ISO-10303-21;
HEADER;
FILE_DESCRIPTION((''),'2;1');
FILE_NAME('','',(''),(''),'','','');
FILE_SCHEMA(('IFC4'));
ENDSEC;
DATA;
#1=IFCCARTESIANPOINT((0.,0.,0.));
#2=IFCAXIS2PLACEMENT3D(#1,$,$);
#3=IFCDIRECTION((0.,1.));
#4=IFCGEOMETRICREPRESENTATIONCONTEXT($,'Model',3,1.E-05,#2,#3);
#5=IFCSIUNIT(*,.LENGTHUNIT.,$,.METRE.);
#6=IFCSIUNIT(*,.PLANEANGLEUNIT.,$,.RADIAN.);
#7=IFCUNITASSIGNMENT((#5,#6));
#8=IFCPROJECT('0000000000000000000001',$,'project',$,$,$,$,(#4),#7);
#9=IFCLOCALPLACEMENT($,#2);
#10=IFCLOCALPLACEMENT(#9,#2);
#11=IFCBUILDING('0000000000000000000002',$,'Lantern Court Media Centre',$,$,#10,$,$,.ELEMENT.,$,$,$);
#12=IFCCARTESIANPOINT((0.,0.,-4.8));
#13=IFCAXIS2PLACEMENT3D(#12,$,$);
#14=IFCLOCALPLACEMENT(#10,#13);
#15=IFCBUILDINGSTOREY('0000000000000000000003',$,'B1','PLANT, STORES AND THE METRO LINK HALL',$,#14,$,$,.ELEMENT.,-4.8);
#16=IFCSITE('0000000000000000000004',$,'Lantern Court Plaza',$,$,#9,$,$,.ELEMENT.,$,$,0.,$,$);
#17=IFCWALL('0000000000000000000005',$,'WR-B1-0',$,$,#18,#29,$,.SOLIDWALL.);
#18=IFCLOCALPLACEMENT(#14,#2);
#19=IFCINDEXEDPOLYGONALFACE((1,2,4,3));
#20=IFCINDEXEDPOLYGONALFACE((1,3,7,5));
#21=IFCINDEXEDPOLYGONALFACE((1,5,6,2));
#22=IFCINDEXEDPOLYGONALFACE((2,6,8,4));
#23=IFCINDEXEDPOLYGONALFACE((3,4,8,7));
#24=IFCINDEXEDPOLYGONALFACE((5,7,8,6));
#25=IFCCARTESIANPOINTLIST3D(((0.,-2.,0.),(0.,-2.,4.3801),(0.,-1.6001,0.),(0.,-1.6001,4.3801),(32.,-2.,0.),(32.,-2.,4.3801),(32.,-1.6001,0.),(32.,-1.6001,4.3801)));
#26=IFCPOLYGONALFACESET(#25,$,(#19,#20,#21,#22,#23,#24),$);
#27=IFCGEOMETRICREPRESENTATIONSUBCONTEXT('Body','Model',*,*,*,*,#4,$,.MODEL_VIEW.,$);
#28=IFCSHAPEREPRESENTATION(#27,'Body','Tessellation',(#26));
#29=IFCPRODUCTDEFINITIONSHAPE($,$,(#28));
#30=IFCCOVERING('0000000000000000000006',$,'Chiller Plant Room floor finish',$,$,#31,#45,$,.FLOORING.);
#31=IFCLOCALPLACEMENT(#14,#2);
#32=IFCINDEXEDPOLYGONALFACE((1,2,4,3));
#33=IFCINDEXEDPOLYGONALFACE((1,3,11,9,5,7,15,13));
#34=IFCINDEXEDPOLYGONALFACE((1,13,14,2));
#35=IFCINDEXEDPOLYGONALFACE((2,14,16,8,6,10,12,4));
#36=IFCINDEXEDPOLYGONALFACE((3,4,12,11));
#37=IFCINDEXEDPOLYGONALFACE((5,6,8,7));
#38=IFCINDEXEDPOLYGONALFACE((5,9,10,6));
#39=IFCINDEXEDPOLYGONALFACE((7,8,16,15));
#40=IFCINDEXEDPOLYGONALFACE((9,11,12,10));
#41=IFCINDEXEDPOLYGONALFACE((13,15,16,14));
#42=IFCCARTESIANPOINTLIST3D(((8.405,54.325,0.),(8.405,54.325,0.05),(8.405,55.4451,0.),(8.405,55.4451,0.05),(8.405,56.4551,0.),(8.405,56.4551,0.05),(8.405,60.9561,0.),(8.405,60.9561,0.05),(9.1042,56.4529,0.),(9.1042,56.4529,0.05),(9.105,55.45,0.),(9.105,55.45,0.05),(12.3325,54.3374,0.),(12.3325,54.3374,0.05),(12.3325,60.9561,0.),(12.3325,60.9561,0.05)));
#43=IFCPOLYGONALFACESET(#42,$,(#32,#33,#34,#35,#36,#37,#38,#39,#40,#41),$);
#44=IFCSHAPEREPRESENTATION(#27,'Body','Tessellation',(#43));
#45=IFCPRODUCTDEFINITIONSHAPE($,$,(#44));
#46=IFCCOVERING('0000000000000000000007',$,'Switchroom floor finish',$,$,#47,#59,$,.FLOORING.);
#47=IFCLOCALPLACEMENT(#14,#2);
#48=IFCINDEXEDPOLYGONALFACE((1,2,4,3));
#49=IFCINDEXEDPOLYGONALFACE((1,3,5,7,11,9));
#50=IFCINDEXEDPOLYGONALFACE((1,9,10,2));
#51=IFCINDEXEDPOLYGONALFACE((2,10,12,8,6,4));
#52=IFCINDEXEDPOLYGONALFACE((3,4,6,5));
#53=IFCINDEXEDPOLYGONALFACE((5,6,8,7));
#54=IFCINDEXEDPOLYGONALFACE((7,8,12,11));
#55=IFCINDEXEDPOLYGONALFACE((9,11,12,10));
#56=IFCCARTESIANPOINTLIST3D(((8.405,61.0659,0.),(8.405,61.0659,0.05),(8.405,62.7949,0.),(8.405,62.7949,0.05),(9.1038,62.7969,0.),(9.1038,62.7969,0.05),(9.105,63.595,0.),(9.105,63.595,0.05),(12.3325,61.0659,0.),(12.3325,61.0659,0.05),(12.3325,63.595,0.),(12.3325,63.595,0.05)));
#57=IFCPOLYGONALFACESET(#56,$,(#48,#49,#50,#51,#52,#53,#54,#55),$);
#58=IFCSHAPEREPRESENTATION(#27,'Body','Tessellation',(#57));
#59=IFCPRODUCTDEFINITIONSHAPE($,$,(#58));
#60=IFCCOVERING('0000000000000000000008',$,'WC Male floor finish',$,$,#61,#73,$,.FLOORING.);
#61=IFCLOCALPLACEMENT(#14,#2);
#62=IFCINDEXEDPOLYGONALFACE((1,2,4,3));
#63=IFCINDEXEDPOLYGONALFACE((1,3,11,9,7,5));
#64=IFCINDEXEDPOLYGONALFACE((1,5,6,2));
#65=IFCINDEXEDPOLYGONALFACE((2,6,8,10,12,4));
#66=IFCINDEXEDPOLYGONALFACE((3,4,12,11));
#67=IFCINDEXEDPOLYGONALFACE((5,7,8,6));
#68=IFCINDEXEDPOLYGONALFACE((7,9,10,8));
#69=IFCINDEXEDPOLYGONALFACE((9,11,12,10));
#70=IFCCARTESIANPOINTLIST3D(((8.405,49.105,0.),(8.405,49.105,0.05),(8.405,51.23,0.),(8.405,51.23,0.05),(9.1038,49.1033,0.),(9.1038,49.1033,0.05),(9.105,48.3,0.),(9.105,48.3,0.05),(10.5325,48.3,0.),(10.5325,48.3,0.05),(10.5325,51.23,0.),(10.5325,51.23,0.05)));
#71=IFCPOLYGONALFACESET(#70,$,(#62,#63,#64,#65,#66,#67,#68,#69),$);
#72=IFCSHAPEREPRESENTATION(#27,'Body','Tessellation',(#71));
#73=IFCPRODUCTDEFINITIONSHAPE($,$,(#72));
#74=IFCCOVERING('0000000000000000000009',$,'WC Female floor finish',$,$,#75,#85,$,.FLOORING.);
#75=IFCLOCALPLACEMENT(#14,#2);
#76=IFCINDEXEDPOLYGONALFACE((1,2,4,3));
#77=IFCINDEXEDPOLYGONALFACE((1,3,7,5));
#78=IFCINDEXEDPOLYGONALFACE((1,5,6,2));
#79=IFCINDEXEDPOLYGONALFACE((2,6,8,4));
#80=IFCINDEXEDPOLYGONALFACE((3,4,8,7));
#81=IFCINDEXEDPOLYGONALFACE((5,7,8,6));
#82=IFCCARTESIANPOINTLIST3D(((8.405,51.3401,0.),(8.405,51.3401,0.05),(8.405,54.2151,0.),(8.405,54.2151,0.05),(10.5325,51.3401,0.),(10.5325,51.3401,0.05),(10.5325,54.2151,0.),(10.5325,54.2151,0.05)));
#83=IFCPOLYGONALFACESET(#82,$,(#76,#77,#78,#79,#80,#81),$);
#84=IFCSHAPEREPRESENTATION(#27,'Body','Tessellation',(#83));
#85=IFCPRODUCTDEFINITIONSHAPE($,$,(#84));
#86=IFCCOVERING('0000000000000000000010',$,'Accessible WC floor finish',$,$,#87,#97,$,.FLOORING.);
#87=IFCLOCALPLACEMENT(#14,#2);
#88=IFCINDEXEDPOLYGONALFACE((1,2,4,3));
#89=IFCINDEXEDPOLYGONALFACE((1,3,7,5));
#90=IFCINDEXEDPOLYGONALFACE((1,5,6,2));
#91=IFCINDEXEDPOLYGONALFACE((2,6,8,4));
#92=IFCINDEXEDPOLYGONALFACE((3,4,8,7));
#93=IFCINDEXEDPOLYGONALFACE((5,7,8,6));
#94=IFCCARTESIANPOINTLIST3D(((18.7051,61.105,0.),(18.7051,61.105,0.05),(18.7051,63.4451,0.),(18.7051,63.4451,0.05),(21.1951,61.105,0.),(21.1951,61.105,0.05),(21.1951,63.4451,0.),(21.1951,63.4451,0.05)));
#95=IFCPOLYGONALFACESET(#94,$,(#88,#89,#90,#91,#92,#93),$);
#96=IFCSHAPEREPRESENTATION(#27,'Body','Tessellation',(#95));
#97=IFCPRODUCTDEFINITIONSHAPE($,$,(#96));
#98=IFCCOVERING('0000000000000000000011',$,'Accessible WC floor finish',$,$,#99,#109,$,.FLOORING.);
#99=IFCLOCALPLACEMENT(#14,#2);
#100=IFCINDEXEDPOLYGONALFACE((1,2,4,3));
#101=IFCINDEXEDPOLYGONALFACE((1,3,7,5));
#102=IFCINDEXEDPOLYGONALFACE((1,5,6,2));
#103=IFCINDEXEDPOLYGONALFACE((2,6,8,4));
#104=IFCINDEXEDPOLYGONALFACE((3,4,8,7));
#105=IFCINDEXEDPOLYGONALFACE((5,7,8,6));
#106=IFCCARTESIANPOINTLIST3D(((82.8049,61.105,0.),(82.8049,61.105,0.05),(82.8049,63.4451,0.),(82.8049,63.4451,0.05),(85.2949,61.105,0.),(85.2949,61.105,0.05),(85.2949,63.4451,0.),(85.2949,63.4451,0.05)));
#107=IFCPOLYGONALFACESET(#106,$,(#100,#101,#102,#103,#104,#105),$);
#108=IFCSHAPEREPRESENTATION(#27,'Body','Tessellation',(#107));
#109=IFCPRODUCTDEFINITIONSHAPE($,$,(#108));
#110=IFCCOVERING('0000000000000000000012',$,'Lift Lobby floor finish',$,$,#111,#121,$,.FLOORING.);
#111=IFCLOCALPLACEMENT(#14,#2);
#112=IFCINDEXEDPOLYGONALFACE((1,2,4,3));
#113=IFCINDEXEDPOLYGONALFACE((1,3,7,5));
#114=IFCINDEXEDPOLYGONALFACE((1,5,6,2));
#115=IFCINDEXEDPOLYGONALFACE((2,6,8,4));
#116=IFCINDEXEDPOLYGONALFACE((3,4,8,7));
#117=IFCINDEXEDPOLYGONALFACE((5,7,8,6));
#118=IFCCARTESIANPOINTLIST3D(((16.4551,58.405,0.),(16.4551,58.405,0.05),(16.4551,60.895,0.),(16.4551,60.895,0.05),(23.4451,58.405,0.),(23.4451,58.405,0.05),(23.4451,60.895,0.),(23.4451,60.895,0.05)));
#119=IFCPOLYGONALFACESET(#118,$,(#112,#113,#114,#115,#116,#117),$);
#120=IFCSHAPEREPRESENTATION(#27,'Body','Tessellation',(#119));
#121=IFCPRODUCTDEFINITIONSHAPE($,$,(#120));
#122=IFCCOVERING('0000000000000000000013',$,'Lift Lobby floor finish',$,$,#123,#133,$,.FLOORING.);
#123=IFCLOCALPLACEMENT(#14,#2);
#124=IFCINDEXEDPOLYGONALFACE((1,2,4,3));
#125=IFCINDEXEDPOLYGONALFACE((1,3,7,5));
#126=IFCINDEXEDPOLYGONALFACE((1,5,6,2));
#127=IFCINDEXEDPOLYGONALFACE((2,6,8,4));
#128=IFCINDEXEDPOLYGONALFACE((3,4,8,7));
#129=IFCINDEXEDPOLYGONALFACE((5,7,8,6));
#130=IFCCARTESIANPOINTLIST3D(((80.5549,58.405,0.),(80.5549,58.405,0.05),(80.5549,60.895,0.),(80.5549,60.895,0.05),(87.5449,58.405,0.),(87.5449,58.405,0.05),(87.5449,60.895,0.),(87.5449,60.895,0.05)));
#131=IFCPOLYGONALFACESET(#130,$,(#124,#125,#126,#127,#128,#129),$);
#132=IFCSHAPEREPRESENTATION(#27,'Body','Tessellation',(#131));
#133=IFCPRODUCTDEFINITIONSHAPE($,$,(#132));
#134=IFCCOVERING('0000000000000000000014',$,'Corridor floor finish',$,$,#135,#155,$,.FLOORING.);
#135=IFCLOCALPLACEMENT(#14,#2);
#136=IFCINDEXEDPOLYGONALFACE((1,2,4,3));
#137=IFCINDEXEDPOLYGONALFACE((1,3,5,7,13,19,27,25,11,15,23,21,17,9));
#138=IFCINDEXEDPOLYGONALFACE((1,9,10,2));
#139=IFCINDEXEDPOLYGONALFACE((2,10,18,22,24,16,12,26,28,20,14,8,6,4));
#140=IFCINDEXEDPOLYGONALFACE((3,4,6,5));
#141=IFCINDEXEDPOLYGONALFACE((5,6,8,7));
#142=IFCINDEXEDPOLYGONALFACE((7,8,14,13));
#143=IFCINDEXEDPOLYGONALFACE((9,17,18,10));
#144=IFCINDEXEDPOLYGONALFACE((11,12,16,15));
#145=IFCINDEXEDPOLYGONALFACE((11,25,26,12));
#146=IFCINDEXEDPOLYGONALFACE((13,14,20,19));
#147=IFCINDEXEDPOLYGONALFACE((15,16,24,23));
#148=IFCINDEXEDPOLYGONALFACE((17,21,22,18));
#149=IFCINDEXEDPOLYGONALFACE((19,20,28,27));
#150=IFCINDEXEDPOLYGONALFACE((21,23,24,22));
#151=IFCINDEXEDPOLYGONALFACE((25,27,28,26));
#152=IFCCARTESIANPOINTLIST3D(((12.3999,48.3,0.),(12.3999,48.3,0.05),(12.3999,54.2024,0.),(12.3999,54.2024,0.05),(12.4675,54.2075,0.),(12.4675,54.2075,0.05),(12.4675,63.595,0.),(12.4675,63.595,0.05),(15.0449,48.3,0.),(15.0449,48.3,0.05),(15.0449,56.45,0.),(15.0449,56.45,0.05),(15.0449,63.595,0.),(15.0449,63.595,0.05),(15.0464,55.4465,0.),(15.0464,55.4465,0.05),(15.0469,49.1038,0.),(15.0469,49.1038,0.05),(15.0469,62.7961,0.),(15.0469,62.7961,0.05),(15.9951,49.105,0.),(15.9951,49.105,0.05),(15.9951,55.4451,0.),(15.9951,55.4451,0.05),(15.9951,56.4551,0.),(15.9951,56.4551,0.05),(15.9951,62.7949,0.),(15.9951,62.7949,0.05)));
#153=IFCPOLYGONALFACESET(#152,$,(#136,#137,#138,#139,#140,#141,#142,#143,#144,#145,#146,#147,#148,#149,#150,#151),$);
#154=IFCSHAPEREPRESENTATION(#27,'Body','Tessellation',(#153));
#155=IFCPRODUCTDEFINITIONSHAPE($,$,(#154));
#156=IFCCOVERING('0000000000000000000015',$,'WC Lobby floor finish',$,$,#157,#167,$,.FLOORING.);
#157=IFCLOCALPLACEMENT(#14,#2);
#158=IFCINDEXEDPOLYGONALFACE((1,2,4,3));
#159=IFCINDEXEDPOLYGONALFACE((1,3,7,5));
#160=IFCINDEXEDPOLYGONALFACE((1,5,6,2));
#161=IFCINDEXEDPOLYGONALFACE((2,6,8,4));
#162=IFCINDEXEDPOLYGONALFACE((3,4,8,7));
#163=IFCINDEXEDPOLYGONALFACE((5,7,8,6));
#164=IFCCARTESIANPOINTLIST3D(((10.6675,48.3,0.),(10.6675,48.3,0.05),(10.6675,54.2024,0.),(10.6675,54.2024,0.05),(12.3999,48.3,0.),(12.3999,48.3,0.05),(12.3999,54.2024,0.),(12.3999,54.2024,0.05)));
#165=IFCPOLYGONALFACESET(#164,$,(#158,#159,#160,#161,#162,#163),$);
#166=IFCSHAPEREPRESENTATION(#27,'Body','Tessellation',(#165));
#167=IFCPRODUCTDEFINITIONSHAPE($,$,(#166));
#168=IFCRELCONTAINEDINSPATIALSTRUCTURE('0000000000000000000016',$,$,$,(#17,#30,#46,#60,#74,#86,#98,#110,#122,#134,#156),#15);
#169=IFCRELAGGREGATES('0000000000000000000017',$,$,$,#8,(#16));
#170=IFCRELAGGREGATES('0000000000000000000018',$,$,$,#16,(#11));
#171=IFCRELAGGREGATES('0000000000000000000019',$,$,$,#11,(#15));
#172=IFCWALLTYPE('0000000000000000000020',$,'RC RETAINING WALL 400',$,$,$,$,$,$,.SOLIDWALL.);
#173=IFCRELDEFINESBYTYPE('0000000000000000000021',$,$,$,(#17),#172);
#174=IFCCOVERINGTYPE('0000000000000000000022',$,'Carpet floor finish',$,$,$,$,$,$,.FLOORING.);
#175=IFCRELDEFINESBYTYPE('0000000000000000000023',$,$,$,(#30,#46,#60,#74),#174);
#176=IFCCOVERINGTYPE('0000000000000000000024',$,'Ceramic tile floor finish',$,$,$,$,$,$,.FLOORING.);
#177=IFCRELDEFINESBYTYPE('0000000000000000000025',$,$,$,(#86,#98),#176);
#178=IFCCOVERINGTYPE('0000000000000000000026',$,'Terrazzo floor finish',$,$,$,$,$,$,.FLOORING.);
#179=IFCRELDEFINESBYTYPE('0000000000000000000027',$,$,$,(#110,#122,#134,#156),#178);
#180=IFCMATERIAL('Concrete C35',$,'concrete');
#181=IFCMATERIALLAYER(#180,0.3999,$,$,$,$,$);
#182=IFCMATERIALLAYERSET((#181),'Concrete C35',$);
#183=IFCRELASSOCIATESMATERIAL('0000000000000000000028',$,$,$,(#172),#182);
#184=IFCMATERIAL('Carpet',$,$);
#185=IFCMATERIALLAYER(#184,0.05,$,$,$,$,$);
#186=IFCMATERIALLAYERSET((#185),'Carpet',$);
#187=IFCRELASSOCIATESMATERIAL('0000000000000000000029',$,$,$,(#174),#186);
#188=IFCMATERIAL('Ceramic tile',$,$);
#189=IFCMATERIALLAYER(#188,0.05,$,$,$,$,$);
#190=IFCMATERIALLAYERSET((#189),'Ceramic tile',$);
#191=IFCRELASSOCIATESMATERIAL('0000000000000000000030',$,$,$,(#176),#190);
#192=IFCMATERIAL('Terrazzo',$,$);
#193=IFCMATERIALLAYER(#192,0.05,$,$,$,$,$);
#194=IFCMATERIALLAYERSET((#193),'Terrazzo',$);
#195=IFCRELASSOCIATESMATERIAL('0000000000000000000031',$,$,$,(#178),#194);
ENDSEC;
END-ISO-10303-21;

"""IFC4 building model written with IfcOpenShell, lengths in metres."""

from ifc_helpers import new_model, si_unit, direction, frame, frame_2d, origin, place, context, subcontext, project, spatial, polyline, rectangle, outline, extrude, material, layer, layer_set, type_object, element, save


model = new_model("IFC4")

# Units and contexts
model_context = context("Model", 3, precision=1e-05, world=origin(), true_north=direction((0.0, 1.0)))
body_context = subcontext(model_context, "Body", "Model", "MODEL_VIEW")
ifc_project = project(units=[si_unit("LENGTHUNIT", "METRE"), si_unit("PLANEANGLEUNIT", "RADIAN")], contexts=[model_context])

# Site, building, storey
site_placement = place(None, origin())
site = spatial("IfcSite", under=ifc_project, at=site_placement, Name="Lantern Court Plaza", CompositionType="ELEMENT", RefElevation=0.0)
building_placement = place(site_placement, origin())
building = spatial("IfcBuilding", under=site, at=building_placement, Name="Lantern Court Media Centre", CompositionType="ELEMENT")
storey_placement = place(building_placement, frame((0.0, 0.0, -4.8)))
storey = spatial("IfcBuildingStorey", under=building, at=storey_placement, Name="B1", Description="PLANT, STORES AND THE METRO LINK HALL", CompositionType="ELEMENT", Elevation=-4.8)

# Shared definitions
ifc_material_1 = material(Name="Concrete C35", Category="concrete")

# Wall
ifc_layer_1 = layer(ifc_material_1, 0.3999)
ifc_layer_set_1 = layer_set([ifc_layer_1], Name="Concrete C35")
wall_type = type_object("IfcWallType", Name="RC RETAINING WALL 400", PredefinedType="SOLIDWALL", material=ifc_layer_set_1)
wall_placement = place(storey_placement, frame((0.0, -1.8, 0.0), z_axis=(0.0, 0.0, 1.0), x_axis=(1.0, 0.0, 0.0)))
element("IfcWall", 1, at=wall_placement, inside=storey, type_object=wall_type, Name="WR-B1-0", PredefinedType="SOLIDWALL", context=body_context, shape_type="SweptSolid", body=[
    extrude(rectangle(XDim=32.0, YDim=0.3999, at=frame_2d((16.0, 0.0))), origin(), (0.0, 0.0, 1.0), 4.3801),
])

# Coverings
ifc_material_2 = material(Name="Carpet")
ifc_layer_2 = layer(ifc_material_2, 0.05)
ifc_layer_set_2 = layer_set([ifc_layer_2], Name="Carpet")
covering_type_1 = type_object("IfcCoveringType", Name="Carpet floor finish", PredefinedType="FLOORING", material=ifc_layer_set_2)
covering_1_placement = place(storey_placement, origin())
element("IfcCovering", 2, at=covering_1_placement, inside=storey, type_object=covering_type_1, Name="Chiller Plant Room floor finish", PredefinedType="FLOORING", context=body_context, shape_type="SweptSolid", body=[
    extrude(outline(polyline([(8.405, 55.4451), (9.105, 55.45), (9.1042, 56.4529), (8.405, 56.4551), (8.405, 60.9561), (12.3325, 60.9561), (12.3325, 54.3374), (8.405, 54.325), (8.405, 55.4451)])), origin(), (0.0, 0.0, 1.0), 0.05),
])
covering_2_placement = place(storey_placement, origin())
element("IfcCovering", 3, at=covering_2_placement, inside=storey, type_object=covering_type_1, Name="Switchroom floor finish", PredefinedType="FLOORING", context=body_context, shape_type="SweptSolid", body=[
    extrude(outline(polyline([(8.405, 62.7949), (9.1038, 62.7969), (9.105, 63.595), (12.3325, 63.595), (12.3325, 61.0659), (8.405, 61.0659), (8.405, 62.7949)])), origin(), (0.0, 0.0, 1.0), 0.05),
])
covering_3_placement = place(storey_placement, origin())
element("IfcCovering", 4, at=covering_3_placement, inside=storey, type_object=covering_type_1, Name="WC Male floor finish", PredefinedType="FLOORING", context=body_context, shape_type="SweptSolid", body=[
    extrude(outline(polyline([(9.105, 48.3), (9.1038, 49.1033), (8.405, 49.105), (8.405, 51.23), (10.5325, 51.23), (10.5325, 48.3), (9.105, 48.3)])), origin(), (0.0, 0.0, 1.0), 0.05),
])
covering_4_placement = place(storey_placement, origin())
element("IfcCovering", 5, at=covering_4_placement, inside=storey, type_object=covering_type_1, Name="WC Female floor finish", PredefinedType="FLOORING", context=body_context, shape_type="SweptSolid", body=[
    extrude(outline(polyline([(8.405, 54.2151), (10.5325, 54.2151), (10.5325, 51.3401), (8.405, 51.3401), (8.405, 54.2151)])), origin(), (0.0, 0.0, 1.0), 0.05),
])
ifc_material_3 = material(Name="Ceramic tile")
ifc_layer_3 = layer(ifc_material_3, 0.05)
ifc_layer_set_3 = layer_set([ifc_layer_3], Name="Ceramic tile")
covering_type_2 = type_object("IfcCoveringType", Name="Ceramic tile floor finish", PredefinedType="FLOORING", material=ifc_layer_set_3)
covering_5_placement = place(storey_placement, origin())
element("IfcCovering", 6, at=covering_5_placement, inside=storey, type_object=covering_type_2, Name="Accessible WC floor finish", PredefinedType="FLOORING", context=body_context, shape_type="SweptSolid", body=[
    extrude(outline(polyline([(21.1951, 61.105), (18.7051, 61.105), (18.7051, 63.4451), (21.1951, 63.4451), (21.1951, 61.105)])), origin(), (0.0, 0.0, 1.0), 0.05),
])
covering_6_placement = place(storey_placement, origin())
element("IfcCovering", 7, at=covering_6_placement, inside=storey, type_object=covering_type_2, Name="Accessible WC floor finish", PredefinedType="FLOORING", context=body_context, shape_type="SweptSolid", body=[
    extrude(outline(polyline([(85.2949, 61.105), (82.8049, 61.105), (82.8049, 63.4451), (85.2949, 63.4451), (85.2949, 61.105)])), origin(), (0.0, 0.0, 1.0), 0.05),
])
ifc_material_4 = material(Name="Terrazzo")
ifc_layer_4 = layer(ifc_material_4, 0.05)
ifc_layer_set_4 = layer_set([ifc_layer_4], Name="Terrazzo")
covering_type_3 = type_object("IfcCoveringType", Name="Terrazzo floor finish", PredefinedType="FLOORING", material=ifc_layer_set_4)
covering_7_placement = place(storey_placement, origin())
element("IfcCovering", 8, at=covering_7_placement, inside=storey, type_object=covering_type_3, Name="Lift Lobby floor finish", PredefinedType="FLOORING", context=body_context, shape_type="SweptSolid", body=[
    extrude(outline(polyline([(23.4451, 60.895), (23.4451, 58.405), (16.4551, 58.405), (16.4551, 60.895), (23.4451, 60.895)])), origin(), (0.0, 0.0, 1.0), 0.05),
])
covering_8_placement = place(storey_placement, origin())
element("IfcCovering", 9, at=covering_8_placement, inside=storey, type_object=covering_type_3, Name="Lift Lobby floor finish", PredefinedType="FLOORING", context=body_context, shape_type="SweptSolid", body=[
    extrude(outline(polyline([(87.5449, 60.895), (87.5449, 58.405), (80.5549, 58.405), (80.5549, 60.895), (87.5449, 60.895)])), origin(), (0.0, 0.0, 1.0), 0.05),
])
covering_9_placement = place(storey_placement, origin())
element("IfcCovering", 10, at=covering_9_placement, inside=storey, type_object=covering_type_3, Name="Corridor floor finish", PredefinedType="FLOORING", context=body_context, shape_type="SweptSolid", body=[
    extrude(outline(polyline([(12.3999, 48.3), (12.3999, 54.2024), (12.4675, 54.2075), (12.4675, 63.595), (15.0449, 63.595), (15.0469, 62.7961), (15.9951, 62.7949), (15.9951, 56.4551), (15.0449, 56.45), (15.0464, 55.4465), (15.9951, 55.4451), (15.9951, 49.105), (15.0469, 49.1038), (15.0449, 48.3), (12.3999, 48.3)])), origin(), (0.0, 0.0, 1.0), 0.05),
])
covering_10_placement = place(storey_placement, origin())
element("IfcCovering", 11, at=covering_10_placement, inside=storey, type_object=covering_type_3, Name="WC Lobby floor finish", PredefinedType="FLOORING", context=body_context, shape_type="SweptSolid", body=[
    extrude(outline(polyline([(12.3999, 48.3), (10.6675, 48.3), (10.6675, 54.2024), (12.3999, 54.2024), (12.3999, 48.3)])), origin(), (0.0, 0.0, 1.0), 0.05),
])

save(model, "model.ifc")
